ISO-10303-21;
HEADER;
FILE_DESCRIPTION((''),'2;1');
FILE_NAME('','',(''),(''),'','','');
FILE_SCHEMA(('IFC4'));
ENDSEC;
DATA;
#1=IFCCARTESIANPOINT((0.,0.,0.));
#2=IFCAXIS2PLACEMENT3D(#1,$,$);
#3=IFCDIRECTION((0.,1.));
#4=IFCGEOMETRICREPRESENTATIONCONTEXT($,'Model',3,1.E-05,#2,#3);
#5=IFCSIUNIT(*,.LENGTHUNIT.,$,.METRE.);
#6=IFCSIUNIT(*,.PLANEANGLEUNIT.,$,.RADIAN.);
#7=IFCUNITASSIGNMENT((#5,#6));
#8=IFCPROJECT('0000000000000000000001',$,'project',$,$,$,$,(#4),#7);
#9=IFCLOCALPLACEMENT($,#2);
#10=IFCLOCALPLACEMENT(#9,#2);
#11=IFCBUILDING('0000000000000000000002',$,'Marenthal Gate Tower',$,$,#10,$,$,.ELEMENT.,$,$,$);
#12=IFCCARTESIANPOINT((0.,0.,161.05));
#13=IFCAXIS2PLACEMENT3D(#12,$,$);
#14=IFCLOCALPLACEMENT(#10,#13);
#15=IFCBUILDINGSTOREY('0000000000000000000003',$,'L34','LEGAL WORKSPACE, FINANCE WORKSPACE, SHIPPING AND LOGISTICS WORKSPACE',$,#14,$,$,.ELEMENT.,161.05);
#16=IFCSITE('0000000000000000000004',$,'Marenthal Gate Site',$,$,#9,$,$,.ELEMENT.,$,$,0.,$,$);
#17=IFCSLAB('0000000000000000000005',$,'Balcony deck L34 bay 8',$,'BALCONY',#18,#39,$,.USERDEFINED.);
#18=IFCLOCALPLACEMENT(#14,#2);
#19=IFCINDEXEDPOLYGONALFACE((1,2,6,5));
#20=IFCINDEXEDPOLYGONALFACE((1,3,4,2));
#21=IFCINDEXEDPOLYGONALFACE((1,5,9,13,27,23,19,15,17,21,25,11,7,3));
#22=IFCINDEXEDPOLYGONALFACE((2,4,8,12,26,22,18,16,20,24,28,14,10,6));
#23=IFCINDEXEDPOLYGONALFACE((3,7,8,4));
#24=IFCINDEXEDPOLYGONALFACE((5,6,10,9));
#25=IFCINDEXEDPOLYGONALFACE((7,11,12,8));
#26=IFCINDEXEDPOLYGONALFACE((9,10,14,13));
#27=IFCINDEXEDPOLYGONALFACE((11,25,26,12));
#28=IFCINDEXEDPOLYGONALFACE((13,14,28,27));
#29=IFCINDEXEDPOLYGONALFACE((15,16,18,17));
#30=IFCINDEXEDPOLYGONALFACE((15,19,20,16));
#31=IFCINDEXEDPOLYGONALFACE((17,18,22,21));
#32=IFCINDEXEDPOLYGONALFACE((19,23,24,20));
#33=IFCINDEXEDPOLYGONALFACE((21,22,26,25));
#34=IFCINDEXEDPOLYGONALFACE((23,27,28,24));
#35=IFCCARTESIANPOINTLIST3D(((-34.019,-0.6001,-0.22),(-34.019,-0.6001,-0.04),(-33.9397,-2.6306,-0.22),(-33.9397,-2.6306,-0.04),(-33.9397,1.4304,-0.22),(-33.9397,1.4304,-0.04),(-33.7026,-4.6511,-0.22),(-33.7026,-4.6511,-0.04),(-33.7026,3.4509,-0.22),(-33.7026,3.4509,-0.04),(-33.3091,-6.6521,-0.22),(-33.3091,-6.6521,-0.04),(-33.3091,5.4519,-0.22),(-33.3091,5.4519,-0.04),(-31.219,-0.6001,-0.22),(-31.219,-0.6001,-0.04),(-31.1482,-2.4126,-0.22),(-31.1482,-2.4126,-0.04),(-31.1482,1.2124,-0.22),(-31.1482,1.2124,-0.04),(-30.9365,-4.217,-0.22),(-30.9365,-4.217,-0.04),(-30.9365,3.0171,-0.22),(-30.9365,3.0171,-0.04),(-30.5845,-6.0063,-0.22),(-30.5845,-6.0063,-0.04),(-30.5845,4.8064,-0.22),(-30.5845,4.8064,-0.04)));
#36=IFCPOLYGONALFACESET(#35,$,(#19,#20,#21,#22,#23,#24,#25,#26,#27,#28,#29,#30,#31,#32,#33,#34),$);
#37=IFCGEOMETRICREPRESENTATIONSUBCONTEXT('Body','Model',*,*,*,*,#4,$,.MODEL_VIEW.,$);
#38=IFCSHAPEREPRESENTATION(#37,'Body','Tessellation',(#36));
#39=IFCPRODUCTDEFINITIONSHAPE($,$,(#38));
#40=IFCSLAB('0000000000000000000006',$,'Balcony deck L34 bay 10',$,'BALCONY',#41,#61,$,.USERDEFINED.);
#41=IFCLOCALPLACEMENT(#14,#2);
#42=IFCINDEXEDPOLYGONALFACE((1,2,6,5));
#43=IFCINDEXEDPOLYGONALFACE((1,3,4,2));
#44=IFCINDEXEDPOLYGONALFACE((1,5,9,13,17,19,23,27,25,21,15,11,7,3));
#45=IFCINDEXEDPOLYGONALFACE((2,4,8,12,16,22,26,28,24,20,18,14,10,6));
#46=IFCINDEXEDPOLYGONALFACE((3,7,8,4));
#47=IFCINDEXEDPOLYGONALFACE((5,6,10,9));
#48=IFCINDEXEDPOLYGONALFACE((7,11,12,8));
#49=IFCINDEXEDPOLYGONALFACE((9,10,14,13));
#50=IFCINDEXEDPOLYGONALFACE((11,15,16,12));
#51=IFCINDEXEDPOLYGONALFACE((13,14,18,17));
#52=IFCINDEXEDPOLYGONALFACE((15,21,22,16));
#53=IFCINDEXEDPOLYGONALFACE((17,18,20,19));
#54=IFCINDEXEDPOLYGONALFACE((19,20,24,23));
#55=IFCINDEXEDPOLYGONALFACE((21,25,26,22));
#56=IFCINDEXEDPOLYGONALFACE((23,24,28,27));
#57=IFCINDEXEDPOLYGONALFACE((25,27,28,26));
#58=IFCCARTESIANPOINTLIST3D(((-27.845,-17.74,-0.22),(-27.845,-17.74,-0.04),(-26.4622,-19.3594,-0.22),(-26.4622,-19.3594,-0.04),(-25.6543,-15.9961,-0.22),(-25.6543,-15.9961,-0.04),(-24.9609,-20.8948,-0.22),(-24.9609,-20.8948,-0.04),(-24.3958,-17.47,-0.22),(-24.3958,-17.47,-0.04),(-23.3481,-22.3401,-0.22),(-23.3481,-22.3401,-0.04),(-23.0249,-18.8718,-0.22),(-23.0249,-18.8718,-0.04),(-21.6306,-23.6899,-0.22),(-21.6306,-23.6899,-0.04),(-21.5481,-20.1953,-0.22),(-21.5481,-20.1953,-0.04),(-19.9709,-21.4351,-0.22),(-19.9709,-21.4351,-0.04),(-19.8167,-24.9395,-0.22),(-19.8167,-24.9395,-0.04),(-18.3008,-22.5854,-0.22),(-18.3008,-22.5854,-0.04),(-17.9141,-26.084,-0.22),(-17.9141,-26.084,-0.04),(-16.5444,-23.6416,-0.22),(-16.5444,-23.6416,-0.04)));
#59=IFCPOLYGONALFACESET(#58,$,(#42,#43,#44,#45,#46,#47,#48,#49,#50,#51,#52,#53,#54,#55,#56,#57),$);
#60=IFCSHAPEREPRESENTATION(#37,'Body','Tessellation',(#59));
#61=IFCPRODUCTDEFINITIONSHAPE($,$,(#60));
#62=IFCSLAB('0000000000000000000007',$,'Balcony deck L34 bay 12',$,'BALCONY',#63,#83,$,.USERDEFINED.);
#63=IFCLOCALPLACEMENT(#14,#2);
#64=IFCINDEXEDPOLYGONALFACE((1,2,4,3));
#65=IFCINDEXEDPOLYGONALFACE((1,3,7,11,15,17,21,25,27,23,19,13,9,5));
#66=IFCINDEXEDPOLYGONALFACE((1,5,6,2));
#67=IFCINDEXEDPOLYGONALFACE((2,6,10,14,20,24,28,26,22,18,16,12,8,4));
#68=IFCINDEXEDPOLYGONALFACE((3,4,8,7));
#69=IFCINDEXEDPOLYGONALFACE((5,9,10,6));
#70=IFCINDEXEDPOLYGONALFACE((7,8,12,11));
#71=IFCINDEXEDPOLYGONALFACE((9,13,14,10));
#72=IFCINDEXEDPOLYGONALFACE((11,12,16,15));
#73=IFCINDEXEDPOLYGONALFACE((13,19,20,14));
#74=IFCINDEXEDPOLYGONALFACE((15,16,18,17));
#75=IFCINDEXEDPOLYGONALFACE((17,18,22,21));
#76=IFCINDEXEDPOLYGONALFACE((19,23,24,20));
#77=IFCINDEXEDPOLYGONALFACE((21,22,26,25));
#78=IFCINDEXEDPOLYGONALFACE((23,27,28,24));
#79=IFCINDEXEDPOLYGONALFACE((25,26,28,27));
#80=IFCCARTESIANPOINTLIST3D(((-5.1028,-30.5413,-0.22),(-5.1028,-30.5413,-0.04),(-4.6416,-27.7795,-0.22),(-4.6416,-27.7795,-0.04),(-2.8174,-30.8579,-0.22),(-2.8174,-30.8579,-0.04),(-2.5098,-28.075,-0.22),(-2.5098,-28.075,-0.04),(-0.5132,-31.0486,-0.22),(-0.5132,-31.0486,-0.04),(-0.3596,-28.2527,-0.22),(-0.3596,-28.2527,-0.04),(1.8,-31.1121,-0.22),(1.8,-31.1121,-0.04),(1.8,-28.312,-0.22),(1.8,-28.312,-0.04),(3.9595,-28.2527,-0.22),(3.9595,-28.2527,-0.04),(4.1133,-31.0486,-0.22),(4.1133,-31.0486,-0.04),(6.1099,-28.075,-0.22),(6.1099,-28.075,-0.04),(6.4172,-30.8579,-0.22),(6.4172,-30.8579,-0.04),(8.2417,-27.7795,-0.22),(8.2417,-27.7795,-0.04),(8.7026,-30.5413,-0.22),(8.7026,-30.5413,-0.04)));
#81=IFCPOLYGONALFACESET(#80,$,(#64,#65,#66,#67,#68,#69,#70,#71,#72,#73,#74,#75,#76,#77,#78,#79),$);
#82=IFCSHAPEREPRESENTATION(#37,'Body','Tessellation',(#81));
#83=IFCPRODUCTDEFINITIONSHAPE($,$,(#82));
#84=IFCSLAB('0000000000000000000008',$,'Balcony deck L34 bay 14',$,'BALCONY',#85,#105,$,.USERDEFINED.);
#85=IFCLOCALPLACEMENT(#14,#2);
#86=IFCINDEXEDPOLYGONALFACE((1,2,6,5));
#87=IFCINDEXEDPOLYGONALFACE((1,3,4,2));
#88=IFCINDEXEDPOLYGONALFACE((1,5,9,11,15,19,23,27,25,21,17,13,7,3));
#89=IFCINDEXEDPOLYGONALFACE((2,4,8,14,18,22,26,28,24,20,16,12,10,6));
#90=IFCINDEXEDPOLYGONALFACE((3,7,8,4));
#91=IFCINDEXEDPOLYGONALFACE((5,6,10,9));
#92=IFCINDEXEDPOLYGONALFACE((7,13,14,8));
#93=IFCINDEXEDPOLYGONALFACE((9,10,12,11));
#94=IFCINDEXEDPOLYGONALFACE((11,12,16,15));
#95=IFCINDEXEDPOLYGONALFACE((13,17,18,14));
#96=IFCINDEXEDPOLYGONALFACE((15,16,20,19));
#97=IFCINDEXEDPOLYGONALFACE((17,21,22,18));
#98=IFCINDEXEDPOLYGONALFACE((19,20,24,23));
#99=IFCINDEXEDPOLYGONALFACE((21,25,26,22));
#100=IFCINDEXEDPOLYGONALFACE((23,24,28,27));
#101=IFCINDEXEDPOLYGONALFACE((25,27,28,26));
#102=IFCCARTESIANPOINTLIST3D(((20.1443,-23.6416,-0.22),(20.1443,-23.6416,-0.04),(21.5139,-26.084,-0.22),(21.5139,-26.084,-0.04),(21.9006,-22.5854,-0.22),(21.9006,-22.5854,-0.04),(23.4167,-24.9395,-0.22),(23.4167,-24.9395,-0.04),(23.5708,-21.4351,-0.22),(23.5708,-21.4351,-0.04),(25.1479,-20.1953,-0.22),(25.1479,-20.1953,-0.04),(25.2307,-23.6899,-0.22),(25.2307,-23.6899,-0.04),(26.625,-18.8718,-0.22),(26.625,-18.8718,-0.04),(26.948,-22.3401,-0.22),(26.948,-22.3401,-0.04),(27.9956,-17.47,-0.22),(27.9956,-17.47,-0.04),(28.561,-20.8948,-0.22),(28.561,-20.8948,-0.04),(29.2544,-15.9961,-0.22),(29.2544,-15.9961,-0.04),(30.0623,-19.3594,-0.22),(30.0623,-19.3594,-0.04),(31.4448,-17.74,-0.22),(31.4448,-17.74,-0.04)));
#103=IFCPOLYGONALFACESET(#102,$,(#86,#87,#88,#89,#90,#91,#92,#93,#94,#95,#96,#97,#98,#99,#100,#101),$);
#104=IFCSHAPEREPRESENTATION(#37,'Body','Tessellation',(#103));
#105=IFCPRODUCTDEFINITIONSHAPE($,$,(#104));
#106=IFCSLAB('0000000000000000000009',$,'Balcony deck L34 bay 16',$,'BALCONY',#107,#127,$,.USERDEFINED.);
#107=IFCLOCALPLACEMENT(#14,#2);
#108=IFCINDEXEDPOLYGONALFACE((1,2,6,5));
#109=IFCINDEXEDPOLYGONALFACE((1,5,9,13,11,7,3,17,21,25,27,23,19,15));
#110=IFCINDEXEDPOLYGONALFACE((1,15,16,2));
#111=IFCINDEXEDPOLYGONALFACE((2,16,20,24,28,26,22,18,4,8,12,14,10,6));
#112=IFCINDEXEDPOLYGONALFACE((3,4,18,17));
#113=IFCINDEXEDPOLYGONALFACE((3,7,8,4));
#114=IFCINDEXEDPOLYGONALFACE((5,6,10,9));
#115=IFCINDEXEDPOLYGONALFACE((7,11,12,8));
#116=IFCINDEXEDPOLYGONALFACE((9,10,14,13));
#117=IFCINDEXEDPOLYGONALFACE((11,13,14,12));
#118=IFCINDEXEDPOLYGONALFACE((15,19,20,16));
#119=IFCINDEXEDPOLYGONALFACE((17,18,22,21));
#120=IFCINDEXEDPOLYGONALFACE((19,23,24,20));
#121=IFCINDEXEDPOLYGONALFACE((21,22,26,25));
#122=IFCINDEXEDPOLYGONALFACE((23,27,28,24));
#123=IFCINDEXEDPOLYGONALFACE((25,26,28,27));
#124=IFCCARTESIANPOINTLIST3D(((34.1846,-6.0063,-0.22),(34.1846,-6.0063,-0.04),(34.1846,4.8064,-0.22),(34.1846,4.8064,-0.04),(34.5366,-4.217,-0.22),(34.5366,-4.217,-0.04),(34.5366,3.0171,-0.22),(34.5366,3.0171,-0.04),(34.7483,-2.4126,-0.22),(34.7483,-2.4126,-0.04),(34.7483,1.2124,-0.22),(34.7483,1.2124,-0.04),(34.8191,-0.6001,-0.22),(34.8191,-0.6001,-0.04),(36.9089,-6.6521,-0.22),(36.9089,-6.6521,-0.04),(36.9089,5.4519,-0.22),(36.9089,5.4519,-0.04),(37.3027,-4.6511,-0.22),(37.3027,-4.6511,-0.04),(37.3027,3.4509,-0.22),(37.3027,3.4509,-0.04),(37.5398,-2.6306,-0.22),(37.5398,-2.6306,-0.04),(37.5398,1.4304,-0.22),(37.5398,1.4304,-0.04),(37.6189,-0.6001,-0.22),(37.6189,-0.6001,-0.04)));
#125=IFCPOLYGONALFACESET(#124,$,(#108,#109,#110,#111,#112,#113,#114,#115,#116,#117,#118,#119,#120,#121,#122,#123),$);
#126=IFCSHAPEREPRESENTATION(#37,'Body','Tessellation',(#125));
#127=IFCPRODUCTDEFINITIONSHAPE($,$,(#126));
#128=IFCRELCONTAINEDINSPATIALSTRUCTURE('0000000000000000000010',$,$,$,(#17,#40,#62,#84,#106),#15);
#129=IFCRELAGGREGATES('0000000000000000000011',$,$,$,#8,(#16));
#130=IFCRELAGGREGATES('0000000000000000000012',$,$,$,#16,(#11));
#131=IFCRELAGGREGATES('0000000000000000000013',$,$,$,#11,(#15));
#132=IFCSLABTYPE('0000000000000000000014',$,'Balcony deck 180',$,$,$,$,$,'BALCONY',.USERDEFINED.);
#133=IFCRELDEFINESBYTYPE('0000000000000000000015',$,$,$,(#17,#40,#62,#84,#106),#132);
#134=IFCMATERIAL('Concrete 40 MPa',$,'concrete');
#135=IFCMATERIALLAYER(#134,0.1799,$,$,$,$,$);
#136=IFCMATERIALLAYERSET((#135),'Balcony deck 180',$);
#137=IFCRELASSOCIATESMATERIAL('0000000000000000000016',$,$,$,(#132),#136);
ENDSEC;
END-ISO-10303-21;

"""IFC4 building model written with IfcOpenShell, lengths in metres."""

from ifc_helpers import new_model, si_unit, direction, frame, origin, place, context, subcontext, project, spatial, polyline, outline, extrude, material, layer, layer_set, type_object, element, save


model = new_model("IFC4")

# Units and contexts
model_context = context("Model", 3, precision=1e-05, world=origin(), true_north=direction((0.0, 1.0)))
body_context = subcontext(model_context, "Body", "Model", "MODEL_VIEW")
ifc_project = project(units=[si_unit("LENGTHUNIT", "METRE"), si_unit("PLANEANGLEUNIT", "RADIAN")], contexts=[model_context])

# Site, building, storey
site_placement = place(None, origin())
site = spatial("IfcSite", under=ifc_project, at=site_placement, Name="Marenthal Gate Site", CompositionType="ELEMENT", RefElevation=0.0)
building_placement = place(site_placement, origin())
building = spatial("IfcBuilding", under=site, at=building_placement, Name="Marenthal Gate Tower", CompositionType="ELEMENT")
storey_placement = place(building_placement, frame((0.0, 0.0, 161.05)))
storey = spatial("IfcBuildingStorey", under=building, at=storey_placement, Name="L34", Description="LEGAL WORKSPACE, FINANCE WORKSPACE, SHIPPING AND LOGISTICS WORKSPACE", CompositionType="ELEMENT", Elevation=161.05)

# Slabs
ifc_material_1 = material(Name="Concrete 40 MPa", Category="concrete")
ifc_layer_1 = layer(ifc_material_1, 0.1799)
ifc_layer_set_1 = layer_set([ifc_layer_1], Name="Balcony deck 180")
slab_type = type_object("IfcSlabType", Name="Balcony deck 180", ElementType="BALCONY", PredefinedType="USERDEFINED", material=ifc_layer_set_1)
slab_1_placement = place(storey_placement, frame((0.0, 0.0, -0.22)))
element("IfcSlab", 1, at=slab_1_placement, inside=storey, type_object=slab_type, Name="Balcony deck L34 bay 8", ObjectType="BALCONY", PredefinedType="USERDEFINED", context=body_context, shape_type="SweptSolid", body=[
    extrude(outline(polyline([(-30.5845, 4.8064), (-30.9365, 3.0171), (-31.1482, 1.2124), (-31.219, -0.6001), (-31.1482, -2.4126), (-30.9365, -4.217), (-30.5845, -6.0063), (-33.3091, -6.6521), (-33.7026, -4.6511), (-33.9397, -2.6306), (-34.019, -0.6001), (-33.9397, 1.4304), (-33.7026, 3.4509), (-33.3091, 5.4519), (-30.5845, 4.8064)])), origin(), (0.0, 0.0, 1.0), 0.1799),
])
slab_2_placement = place(storey_placement, frame((0.0, 0.0, -0.22)))
element("IfcSlab", 2, at=slab_2_placement, inside=storey, type_object=slab_type, Name="Balcony deck L34 bay 10", ObjectType="BALCONY", PredefinedType="USERDEFINED", context=body_context, shape_type="SweptSolid", body=[
    extrude(outline(polyline([(-25.6543, -15.9961), (-24.3958, -17.47), (-23.0249, -18.8718), (-21.5481, -20.1953), (-19.9709, -21.4351), (-18.3008, -22.5854), (-16.5444, -23.6416), (-17.9141, -26.084), (-19.8167, -24.9395), (-21.6306, -23.6899), (-23.3481, -22.3401), (-24.9609, -20.8948), (-26.4622, -19.3594), (-27.845, -17.74), (-25.6543, -15.9961)])), origin(), (0.0, 0.0, 1.0), 0.1799),
])
slab_3_placement = place(storey_placement, frame((0.0, 0.0, -0.22)))
element("IfcSlab", 3, at=slab_3_placement, inside=storey, type_object=slab_type, Name="Balcony deck L34 bay 12", ObjectType="BALCONY", PredefinedType="USERDEFINED", context=body_context, shape_type="SweptSolid", body=[
    extrude(outline(polyline([(-4.6416, -27.7795), (-2.5098, -28.075), (-0.3596, -28.2527), (1.8, -28.312), (3.9595, -28.2527), (6.1099, -28.075), (8.2417, -27.7795), (8.7026, -30.5413), (6.4172, -30.8579), (4.1133, -31.0486), (1.8, -31.1121), (-0.5132, -31.0486), (-2.8174, -30.8579), (-5.1028, -30.5413), (-4.6416, -27.7795)])), origin(), (0.0, 0.0, 1.0), 0.1799),
])
slab_4_placement = place(storey_placement, frame((0.0, 0.0, -0.22)))
element("IfcSlab", 4, at=slab_4_placement, inside=storey, type_object=slab_type, Name="Balcony deck L34 bay 14", ObjectType="BALCONY", PredefinedType="USERDEFINED", context=body_context, shape_type="SweptSolid", body=[
    extrude(outline(polyline([(20.1443, -23.6416), (21.9006, -22.5854), (23.5708, -21.4351), (25.1479, -20.1953), (26.625, -18.8718), (27.9956, -17.47), (29.2544, -15.9961), (31.4448, -17.74), (30.0623, -19.3594), (28.561, -20.8948), (26.948, -22.3401), (25.2307, -23.6899), (23.4167, -24.9395), (21.5139, -26.084), (20.1443, -23.6416)])), origin(), (0.0, 0.0, 1.0), 0.1799),
])
slab_5_placement = place(storey_placement, frame((0.0, 0.0, -0.22)))
element("IfcSlab", 5, at=slab_5_placement, inside=storey, type_object=slab_type, Name="Balcony deck L34 bay 16", ObjectType="BALCONY", PredefinedType="USERDEFINED", context=body_context, shape_type="SweptSolid", body=[
    extrude(outline(polyline([(34.1846, -6.0063), (34.5366, -4.217), (34.7483, -2.4126), (34.8191, -0.6001), (34.7483, 1.2124), (34.5366, 3.0171), (34.1846, 4.8064), (36.9089, 5.4519), (37.3027, 3.4509), (37.5398, 1.4304), (37.6189, -0.6001), (37.5398, -2.6306), (37.3027, -4.6511), (36.9089, -6.6521), (34.1846, -6.0063)])), origin(), (0.0, 0.0, 1.0), 0.1799),
])

save(model, "model.ifc")
